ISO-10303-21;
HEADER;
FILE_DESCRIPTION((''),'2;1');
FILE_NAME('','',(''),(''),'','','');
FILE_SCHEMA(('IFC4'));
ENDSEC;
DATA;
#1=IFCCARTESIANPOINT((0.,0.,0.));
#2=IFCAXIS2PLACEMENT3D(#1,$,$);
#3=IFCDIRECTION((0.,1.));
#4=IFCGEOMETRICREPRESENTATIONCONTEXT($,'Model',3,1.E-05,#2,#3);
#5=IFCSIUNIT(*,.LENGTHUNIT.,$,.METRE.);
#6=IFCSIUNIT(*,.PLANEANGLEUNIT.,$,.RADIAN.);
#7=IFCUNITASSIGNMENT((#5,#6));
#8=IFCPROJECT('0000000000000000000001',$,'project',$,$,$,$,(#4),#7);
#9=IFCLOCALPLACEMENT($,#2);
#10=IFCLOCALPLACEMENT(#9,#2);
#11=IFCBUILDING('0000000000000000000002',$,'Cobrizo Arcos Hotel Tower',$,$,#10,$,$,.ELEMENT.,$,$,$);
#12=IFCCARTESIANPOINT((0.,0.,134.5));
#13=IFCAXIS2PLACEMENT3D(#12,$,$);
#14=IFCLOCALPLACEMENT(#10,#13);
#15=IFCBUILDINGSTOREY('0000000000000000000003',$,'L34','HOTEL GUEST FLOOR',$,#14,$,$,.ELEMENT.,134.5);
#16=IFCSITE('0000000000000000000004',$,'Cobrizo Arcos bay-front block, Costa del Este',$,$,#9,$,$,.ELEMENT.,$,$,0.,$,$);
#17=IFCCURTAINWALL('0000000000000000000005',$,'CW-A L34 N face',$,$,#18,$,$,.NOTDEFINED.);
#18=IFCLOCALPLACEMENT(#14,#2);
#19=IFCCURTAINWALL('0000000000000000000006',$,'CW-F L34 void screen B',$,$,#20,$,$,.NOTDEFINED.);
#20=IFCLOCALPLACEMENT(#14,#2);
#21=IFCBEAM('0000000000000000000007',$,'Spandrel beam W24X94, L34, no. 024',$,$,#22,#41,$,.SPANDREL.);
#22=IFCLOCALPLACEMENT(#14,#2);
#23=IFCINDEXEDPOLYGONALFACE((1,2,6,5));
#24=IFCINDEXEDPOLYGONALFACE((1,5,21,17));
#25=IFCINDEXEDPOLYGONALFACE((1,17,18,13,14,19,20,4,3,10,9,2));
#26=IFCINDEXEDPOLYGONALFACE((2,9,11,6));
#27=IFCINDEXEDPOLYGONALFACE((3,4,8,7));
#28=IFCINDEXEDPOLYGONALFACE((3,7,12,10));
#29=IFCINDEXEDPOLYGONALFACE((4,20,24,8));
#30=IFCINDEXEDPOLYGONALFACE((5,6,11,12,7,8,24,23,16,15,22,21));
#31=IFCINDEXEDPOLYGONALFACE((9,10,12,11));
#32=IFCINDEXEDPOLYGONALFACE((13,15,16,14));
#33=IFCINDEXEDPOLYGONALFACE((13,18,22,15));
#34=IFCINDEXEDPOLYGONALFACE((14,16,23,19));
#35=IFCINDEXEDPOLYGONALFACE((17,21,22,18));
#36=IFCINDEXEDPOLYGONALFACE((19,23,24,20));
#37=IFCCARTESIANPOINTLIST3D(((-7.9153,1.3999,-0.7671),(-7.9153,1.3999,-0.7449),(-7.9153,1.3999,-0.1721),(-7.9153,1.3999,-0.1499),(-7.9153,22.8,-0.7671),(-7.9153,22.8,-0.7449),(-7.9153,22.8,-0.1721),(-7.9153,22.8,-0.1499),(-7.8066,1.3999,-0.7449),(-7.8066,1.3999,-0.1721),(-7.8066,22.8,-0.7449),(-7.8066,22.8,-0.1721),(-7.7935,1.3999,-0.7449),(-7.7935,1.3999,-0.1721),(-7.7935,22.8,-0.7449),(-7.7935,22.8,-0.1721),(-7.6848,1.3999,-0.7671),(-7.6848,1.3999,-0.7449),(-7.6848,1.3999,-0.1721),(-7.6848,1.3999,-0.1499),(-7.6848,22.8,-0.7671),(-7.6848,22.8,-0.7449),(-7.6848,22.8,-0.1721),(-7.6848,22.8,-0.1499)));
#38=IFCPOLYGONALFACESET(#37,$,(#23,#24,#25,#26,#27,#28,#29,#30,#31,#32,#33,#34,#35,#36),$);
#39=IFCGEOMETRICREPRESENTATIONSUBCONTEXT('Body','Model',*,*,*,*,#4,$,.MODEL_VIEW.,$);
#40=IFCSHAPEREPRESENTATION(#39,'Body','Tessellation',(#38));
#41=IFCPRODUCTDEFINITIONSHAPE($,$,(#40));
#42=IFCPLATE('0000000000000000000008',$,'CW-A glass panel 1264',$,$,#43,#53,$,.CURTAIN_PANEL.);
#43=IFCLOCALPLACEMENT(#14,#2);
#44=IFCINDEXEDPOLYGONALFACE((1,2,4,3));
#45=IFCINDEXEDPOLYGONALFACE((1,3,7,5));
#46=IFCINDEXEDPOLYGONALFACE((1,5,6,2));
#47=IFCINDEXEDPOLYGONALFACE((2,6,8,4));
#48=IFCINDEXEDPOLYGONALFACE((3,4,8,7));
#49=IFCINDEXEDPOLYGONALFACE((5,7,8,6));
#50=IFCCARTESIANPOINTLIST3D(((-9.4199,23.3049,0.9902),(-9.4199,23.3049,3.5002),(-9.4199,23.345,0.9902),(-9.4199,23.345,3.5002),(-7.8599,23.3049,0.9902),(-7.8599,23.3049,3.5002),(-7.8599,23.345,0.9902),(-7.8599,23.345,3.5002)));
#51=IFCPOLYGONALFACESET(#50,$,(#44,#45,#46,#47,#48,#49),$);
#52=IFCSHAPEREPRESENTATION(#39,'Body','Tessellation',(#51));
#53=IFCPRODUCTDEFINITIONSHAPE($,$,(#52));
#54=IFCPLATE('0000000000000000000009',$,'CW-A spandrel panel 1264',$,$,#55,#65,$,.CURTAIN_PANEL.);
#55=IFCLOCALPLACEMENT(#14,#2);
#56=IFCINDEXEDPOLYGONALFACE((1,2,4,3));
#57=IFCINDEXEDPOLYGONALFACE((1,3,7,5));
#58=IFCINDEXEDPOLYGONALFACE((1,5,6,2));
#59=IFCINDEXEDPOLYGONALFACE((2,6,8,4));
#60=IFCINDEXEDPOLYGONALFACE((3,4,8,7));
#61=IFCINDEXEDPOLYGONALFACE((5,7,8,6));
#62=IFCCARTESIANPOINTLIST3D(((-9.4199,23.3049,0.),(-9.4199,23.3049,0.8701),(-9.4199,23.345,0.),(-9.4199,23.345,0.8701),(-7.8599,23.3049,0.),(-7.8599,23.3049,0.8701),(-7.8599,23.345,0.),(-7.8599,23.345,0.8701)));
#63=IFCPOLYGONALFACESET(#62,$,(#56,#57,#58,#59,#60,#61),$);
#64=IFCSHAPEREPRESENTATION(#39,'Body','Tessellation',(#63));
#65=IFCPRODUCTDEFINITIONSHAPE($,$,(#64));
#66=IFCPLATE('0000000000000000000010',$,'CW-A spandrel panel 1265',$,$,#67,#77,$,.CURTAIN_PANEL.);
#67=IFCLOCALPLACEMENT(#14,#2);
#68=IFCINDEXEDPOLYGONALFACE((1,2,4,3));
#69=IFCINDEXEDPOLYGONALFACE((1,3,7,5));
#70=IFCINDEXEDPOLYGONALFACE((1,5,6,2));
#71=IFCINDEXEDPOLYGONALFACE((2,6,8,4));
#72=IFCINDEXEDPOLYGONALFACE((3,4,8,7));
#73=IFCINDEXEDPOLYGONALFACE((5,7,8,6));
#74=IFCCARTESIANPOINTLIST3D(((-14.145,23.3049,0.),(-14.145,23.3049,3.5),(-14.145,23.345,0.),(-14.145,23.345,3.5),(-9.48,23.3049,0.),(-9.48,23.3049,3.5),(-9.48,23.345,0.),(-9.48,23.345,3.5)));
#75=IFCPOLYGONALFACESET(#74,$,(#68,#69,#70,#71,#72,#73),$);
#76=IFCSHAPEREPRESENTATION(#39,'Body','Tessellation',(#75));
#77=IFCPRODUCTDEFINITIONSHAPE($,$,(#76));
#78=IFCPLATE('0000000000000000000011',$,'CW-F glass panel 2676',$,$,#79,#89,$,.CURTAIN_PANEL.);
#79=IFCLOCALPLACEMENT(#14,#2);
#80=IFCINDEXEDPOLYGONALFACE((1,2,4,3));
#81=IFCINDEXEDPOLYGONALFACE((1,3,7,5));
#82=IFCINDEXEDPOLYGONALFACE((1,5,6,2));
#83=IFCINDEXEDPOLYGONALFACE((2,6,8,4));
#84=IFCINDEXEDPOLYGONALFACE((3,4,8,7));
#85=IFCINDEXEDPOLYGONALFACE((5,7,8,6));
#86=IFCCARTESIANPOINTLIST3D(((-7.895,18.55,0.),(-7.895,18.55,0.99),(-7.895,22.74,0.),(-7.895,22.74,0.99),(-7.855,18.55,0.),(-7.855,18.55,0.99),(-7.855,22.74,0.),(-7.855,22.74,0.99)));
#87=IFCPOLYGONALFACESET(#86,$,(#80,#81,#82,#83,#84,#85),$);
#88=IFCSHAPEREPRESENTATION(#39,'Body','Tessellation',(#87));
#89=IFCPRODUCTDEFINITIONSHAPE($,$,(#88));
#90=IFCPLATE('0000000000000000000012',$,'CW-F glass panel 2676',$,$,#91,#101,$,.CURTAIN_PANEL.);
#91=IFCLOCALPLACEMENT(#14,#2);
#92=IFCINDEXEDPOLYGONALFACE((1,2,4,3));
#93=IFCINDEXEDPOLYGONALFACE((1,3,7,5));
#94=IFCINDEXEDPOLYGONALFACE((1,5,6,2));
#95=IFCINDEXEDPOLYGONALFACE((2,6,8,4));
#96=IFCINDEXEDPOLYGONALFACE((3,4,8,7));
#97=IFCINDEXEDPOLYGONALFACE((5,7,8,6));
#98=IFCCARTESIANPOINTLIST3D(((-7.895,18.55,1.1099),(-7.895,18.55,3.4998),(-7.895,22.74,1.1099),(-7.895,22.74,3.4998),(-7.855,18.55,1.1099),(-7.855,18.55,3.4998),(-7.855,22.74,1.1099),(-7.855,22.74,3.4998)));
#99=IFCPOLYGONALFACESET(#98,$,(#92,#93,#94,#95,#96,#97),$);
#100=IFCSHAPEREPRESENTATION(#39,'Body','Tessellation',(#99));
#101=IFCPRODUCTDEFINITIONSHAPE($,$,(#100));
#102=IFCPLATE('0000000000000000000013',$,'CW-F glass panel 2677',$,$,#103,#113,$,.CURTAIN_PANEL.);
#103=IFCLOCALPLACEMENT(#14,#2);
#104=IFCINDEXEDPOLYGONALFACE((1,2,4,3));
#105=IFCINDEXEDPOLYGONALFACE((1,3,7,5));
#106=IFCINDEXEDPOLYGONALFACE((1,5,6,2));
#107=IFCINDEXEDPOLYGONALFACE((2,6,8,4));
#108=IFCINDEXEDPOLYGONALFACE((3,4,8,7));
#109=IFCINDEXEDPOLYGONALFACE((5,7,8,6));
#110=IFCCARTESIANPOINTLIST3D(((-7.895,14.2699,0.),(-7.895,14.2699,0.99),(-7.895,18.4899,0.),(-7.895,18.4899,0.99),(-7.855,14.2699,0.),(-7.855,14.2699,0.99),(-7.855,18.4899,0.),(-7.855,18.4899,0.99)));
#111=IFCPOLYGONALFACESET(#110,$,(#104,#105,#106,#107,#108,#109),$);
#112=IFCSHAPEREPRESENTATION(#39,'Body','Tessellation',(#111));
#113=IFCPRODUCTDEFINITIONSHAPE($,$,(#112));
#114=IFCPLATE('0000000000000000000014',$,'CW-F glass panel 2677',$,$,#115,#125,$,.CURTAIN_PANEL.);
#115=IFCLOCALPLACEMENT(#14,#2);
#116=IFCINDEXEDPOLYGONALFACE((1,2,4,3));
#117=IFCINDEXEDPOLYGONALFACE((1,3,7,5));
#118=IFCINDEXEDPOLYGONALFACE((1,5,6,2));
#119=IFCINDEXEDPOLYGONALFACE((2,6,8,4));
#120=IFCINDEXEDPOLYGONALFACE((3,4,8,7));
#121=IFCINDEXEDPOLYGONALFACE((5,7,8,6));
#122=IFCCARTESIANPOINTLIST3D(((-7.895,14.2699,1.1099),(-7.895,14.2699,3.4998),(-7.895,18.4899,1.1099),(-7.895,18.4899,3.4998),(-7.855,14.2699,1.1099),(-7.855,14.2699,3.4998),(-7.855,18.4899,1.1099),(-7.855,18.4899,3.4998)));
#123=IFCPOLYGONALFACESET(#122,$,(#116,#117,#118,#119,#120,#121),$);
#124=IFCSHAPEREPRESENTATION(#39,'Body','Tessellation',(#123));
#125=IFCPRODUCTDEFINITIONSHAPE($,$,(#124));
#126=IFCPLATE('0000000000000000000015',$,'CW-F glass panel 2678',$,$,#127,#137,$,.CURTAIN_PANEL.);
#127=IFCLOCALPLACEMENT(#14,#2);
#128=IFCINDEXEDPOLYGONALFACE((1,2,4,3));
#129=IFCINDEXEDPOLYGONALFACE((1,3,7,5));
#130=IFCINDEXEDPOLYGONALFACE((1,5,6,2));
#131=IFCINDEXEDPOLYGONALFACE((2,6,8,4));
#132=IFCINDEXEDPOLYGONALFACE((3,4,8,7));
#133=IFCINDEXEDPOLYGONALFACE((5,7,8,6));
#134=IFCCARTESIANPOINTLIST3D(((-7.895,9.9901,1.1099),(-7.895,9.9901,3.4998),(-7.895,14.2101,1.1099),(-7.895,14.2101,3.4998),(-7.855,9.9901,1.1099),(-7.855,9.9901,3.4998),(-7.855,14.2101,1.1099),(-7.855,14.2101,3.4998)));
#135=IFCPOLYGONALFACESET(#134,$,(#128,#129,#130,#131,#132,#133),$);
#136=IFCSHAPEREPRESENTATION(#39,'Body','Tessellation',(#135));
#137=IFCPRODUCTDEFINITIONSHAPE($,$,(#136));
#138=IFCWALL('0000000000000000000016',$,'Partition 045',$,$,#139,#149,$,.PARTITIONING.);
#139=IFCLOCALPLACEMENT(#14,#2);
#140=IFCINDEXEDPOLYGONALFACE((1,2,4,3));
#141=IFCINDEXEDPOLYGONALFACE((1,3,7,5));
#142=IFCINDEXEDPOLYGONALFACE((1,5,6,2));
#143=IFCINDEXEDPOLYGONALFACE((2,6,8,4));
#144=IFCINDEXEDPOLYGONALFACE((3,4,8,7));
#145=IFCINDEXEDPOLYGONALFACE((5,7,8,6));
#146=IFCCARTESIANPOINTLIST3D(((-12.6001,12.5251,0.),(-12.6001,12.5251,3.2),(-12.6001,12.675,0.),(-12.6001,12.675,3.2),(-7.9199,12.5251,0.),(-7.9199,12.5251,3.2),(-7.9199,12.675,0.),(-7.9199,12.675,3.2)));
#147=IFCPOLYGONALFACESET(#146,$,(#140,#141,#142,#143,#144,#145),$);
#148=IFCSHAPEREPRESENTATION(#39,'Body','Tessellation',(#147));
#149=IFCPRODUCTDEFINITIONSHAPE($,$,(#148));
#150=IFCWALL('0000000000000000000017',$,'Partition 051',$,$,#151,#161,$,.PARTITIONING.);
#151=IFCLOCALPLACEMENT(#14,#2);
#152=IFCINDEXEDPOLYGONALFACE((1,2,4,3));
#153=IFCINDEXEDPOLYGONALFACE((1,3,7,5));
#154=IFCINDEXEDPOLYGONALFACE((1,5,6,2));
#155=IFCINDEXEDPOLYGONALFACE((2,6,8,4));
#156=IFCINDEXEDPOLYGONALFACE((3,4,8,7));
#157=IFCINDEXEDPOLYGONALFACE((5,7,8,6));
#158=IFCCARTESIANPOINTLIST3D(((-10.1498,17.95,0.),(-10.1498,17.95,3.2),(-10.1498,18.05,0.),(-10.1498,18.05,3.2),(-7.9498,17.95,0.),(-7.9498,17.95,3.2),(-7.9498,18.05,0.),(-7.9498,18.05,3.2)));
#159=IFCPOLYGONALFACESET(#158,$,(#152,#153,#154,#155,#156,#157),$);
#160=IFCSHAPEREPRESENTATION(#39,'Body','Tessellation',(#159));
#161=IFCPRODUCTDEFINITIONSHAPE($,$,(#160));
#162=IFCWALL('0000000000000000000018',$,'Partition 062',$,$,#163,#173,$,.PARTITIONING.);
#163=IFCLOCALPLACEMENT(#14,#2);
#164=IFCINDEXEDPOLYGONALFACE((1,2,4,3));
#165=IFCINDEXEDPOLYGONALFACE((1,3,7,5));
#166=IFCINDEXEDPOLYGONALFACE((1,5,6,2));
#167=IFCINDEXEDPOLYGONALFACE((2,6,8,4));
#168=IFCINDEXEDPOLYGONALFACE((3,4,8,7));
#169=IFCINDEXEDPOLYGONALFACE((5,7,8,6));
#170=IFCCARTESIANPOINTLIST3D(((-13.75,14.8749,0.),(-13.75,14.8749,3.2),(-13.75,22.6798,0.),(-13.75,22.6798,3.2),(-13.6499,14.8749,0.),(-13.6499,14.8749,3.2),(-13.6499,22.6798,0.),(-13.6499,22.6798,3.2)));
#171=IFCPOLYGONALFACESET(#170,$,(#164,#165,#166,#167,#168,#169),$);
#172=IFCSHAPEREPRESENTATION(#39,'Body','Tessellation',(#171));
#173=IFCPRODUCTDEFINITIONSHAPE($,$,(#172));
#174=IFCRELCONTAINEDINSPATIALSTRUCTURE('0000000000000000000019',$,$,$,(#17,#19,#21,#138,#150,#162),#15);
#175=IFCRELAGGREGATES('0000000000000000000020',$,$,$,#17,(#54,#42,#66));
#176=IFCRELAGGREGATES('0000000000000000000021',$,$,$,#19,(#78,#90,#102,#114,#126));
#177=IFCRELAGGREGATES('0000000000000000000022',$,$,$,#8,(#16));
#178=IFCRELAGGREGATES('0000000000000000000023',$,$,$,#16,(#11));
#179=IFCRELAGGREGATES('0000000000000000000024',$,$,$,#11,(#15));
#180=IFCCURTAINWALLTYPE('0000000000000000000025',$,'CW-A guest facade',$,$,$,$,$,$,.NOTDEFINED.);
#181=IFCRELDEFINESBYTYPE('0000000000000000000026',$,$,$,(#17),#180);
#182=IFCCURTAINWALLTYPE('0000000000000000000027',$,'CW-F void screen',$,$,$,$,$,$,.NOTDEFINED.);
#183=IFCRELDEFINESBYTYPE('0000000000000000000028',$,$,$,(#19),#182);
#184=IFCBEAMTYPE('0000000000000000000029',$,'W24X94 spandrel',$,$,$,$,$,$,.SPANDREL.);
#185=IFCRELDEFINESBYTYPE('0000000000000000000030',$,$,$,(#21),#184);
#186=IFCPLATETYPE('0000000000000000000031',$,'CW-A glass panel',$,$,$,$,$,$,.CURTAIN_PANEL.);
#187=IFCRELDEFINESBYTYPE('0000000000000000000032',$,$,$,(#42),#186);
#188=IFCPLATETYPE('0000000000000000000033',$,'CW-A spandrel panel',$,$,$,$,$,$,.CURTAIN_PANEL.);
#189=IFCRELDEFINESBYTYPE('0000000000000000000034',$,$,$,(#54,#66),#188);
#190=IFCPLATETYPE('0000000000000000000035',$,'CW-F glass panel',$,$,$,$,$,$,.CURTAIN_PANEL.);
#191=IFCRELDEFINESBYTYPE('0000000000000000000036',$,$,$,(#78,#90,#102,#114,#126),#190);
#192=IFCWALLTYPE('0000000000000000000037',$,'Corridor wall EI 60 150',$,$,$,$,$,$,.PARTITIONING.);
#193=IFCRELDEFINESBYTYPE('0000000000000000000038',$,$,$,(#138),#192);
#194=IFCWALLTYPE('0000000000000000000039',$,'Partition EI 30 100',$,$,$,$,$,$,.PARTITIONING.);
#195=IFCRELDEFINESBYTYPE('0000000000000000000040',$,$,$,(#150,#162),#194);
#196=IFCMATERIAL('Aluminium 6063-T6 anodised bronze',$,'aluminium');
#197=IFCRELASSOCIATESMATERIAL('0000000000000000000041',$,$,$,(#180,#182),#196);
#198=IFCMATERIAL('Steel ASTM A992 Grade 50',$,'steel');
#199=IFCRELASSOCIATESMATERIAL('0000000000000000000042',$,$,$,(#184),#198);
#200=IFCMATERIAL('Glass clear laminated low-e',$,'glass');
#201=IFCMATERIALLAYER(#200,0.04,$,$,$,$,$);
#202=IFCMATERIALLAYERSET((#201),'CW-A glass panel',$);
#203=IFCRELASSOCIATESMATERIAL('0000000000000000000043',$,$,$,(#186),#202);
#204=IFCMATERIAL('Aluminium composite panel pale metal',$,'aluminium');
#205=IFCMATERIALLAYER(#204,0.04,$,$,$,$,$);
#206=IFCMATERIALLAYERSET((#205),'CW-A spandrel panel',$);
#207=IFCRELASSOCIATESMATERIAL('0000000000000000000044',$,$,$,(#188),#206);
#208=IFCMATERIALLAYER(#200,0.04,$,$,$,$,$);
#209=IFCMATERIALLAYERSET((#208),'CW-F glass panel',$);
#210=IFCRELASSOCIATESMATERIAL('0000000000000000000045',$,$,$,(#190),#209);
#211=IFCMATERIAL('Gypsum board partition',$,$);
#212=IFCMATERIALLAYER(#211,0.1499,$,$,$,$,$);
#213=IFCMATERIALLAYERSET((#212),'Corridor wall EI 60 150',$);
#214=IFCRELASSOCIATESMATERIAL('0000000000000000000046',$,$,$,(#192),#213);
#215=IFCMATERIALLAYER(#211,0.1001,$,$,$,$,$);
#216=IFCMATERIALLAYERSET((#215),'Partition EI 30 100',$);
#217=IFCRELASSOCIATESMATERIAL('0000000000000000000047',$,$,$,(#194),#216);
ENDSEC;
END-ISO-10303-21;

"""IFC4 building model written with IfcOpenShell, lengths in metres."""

from ifc_helpers import new_model, si_unit, direction, frame, frame_2d, origin, origin_2d, place, context, subcontext, project, spatial, rectangle, i_section, extrude, material, layer, layer_set, material_profile, profile_set, type_object, element, aggregate, save


model = new_model("IFC4")

# Units and contexts
model_context = context("Model", 3, precision=1e-05, world=origin(), true_north=direction((0.0, 1.0)))
body_context = subcontext(model_context, "Body", "Model", "MODEL_VIEW")
ifc_project = project(units=[si_unit("LENGTHUNIT", "METRE"), si_unit("PLANEANGLEUNIT", "RADIAN")], contexts=[model_context])

# Site, building, storey
site_placement = place(None, origin())
site = spatial("IfcSite", under=ifc_project, at=site_placement, Name="Cobrizo Arcos bay-front block, Costa del Este", CompositionType="ELEMENT", RefElevation=0.0)
building_placement = place(site_placement, origin())
building = spatial("IfcBuilding", under=site, at=building_placement, Name="Cobrizo Arcos Hotel Tower", CompositionType="ELEMENT")
storey_placement = place(building_placement, frame((0.0, 0.0, 134.5)))
storey = spatial("IfcBuildingStorey", under=building, at=storey_placement, Name="L34", Description="HOTEL GUEST FLOOR", CompositionType="ELEMENT", Elevation=134.5)

# Curtain walls
ifc_material_1 = material(Name="Aluminium 6063-T6 anodised bronze", Category="aluminium")
curtain_wall_type_1 = type_object("IfcCurtainWallType", Name="CW-A guest facade", PredefinedType="NOTDEFINED", material=ifc_material_1)
curtain_wall_1_placement = place(storey_placement, origin())
curtain_wall_1 = element("IfcCurtainWall", 1, at=curtain_wall_1_placement, inside=storey, type_object=curtain_wall_type_1, Name="CW-A L34 N face", PredefinedType="NOTDEFINED")
curtain_wall_type_2 = type_object("IfcCurtainWallType", Name="CW-F void screen", PredefinedType="NOTDEFINED", material=ifc_material_1)
curtain_wall_2_placement = place(storey_placement, origin())
curtain_wall_2 = element("IfcCurtainWall", 2, at=curtain_wall_2_placement, inside=storey, type_object=curtain_wall_type_2, Name="CW-F L34 void screen B", PredefinedType="NOTDEFINED")

# Beam
ifc_material_2 = material(Name="Steel ASTM A992 Grade 50", Category="steel")
ifc_material_profile_1 = material_profile(ifc_material_2, i_section(OverallWidth=0.2305, OverallDepth=0.6172, WebThickness=0.0132, FlangeThickness=0.0222, at=origin_2d()), Name="W24X94")
ifc_profile_set_1 = profile_set([ifc_material_profile_1], Name="Steel ASTM A992 Grade 50")
beam_type = type_object("IfcBeamType", Name="W24X94 spandrel", PredefinedType="SPANDREL", material=ifc_profile_set_1)
beam_1_placement = place(storey_placement, frame((-7.8, 22.8, -0.4585), z_axis=(0.0, -1.0, 0.0), x_axis=(1.0, 0.0, 0.0)))
element("IfcBeam", 3, at=beam_1_placement, inside=storey, type_object=beam_type, Name="Spandrel beam W24X94, L34, no. 024", PredefinedType="SPANDREL", context=body_context, shape_type="SweptSolid", body=[
    extrude(i_section(OverallWidth=0.2305, OverallDepth=0.6172, WebThickness=0.0132, FlangeThickness=0.0222, at=origin_2d()), origin(), (0.0, 0.0, 1.0), 21.4001),
])

# Plates
ifc_material_3 = material(Name="Glass clear laminated low-e", Category="glass")
ifc_layer_1 = layer(ifc_material_3, 0.04)
ifc_layer_set_1 = layer_set([ifc_layer_1], Name="CW-A glass panel")
plate_type_1 = type_object("IfcPlateType", Name="CW-A glass panel", PredefinedType="CURTAIN_PANEL", material=ifc_layer_set_1)
plate_1_placement = place(storey_placement, frame((-8.6399, 23.325, 0.9902), z_axis=(0.0, 0.0, 1.0), x_axis=(-1.0, 0.0, 0.0)))
plate_1 = element("IfcPlate", 4, at=plate_1_placement, type_object=plate_type_1, Name="CW-A glass panel 1264", PredefinedType="CURTAIN_PANEL", context=body_context, shape_type="SweptSolid", body=[
    extrude(rectangle(XDim=1.5601, YDim=0.04, at=origin_2d()), origin(), (0.0, 0.0, 1.0), 2.51),
])
ifc_material_4 = material(Name="Aluminium composite panel pale metal", Category="aluminium")
ifc_layer_2 = layer(ifc_material_4, 0.04)
ifc_layer_set_2 = layer_set([ifc_layer_2], Name="CW-A spandrel panel")
plate_type_2 = type_object("IfcPlateType", Name="CW-A spandrel panel", PredefinedType="CURTAIN_PANEL", material=ifc_layer_set_2)
plate_2_placement = place(storey_placement, frame((-8.6399, 23.325, 0.0), z_axis=(0.0, 0.0, 1.0), x_axis=(-1.0, 0.0, 0.0)))
plate_2 = element("IfcPlate", 5, at=plate_2_placement, type_object=plate_type_2, Name="CW-A spandrel panel 1264", PredefinedType="CURTAIN_PANEL", context=body_context, shape_type="SweptSolid", body=[
    extrude(rectangle(XDim=1.5601, YDim=0.04, at=origin_2d()), origin(), (0.0, 0.0, 1.0), 0.8701),
])
plate_3_placement = place(storey_placement, frame((-11.8125, 23.325, 0.0), z_axis=(0.0, 0.0, 1.0), x_axis=(-1.0, 0.0, 0.0)))
plate_3 = element("IfcPlate", 6, at=plate_3_placement, type_object=plate_type_2, Name="CW-A spandrel panel 1265", PredefinedType="CURTAIN_PANEL", context=body_context, shape_type="SweptSolid", body=[
    extrude(rectangle(XDim=4.665, YDim=0.04, at=origin_2d()), origin(), (0.0, 0.0, 1.0), 3.5),
])
aggregate(curtain_wall_1, [plate_2, plate_1, plate_3])
ifc_layer_3 = layer(ifc_material_3, 0.04)
ifc_layer_set_3 = layer_set([ifc_layer_3], Name="CW-F glass panel")
plate_type_3 = type_object("IfcPlateType", Name="CW-F glass panel", PredefinedType="CURTAIN_PANEL", material=ifc_layer_set_3)
plate_4_placement = place(storey_placement, frame((-7.875, 20.645, 0.0), z_axis=(0.0, 0.0, 1.0), x_axis=(0.0, -1.0, 0.0)))
plate_4 = element("IfcPlate", 7, at=plate_4_placement, type_object=plate_type_3, Name="CW-F glass panel 2676", PredefinedType="CURTAIN_PANEL", context=body_context, shape_type="SweptSolid", body=[
    extrude(rectangle(XDim=4.1899, YDim=0.04, at=origin_2d()), origin(), (0.0, 0.0, 1.0), 0.99),
])
plate_5_placement = place(storey_placement, frame((-7.875, 20.645, 1.1099), z_axis=(0.0, 0.0, 1.0), x_axis=(0.0, -1.0, 0.0)))
plate_5 = element("IfcPlate", 8, at=plate_5_placement, type_object=plate_type_3, Name="CW-F glass panel 2676", PredefinedType="CURTAIN_PANEL", context=body_context, shape_type="SweptSolid", body=[
    extrude(rectangle(XDim=4.1899, YDim=0.04, at=origin_2d()), origin(), (0.0, 0.0, 1.0), 2.3899),
])
plate_6_placement = place(storey_placement, frame((-7.875, 16.3799, 0.0), z_axis=(0.0, 0.0, 1.0), x_axis=(0.0, -1.0, 0.0)))
plate_6 = element("IfcPlate", 9, at=plate_6_placement, type_object=plate_type_3, Name="CW-F glass panel 2677", PredefinedType="CURTAIN_PANEL", context=body_context, shape_type="SweptSolid", body=[
    extrude(rectangle(XDim=4.22, YDim=0.04, at=origin_2d()), origin(), (0.0, 0.0, 1.0), 0.99),
])
plate_7_placement = place(storey_placement, frame((-7.875, 16.3799, 1.1099), z_axis=(0.0, 0.0, 1.0), x_axis=(0.0, -1.0, 0.0)))
plate_7 = element("IfcPlate", 10, at=plate_7_placement, type_object=plate_type_3, Name="CW-F glass panel 2677", PredefinedType="CURTAIN_PANEL", context=body_context, shape_type="SweptSolid", body=[
    extrude(rectangle(XDim=4.22, YDim=0.04, at=origin_2d()), origin(), (0.0, 0.0, 1.0), 2.3899),
])
plate_8_placement = place(storey_placement, frame((-7.875, 12.1001, 1.1099), z_axis=(0.0, 0.0, 1.0), x_axis=(0.0, -1.0, 0.0)))
plate_8 = element("IfcPlate", 11, at=plate_8_placement, type_object=plate_type_3, Name="CW-F glass panel 2678", PredefinedType="CURTAIN_PANEL", context=body_context, shape_type="SweptSolid", body=[
    extrude(rectangle(XDim=4.22, YDim=0.04, at=origin_2d()), origin(), (0.0, 0.0, 1.0), 2.3899),
])
aggregate(curtain_wall_2, [plate_4, plate_5, plate_6, plate_7, plate_8])

# Walls
ifc_material_5 = material(Name="Gypsum board partition")
ifc_layer_4 = layer(ifc_material_5, 0.1499)
ifc_layer_set_4 = layer_set([ifc_layer_4], Name="Corridor wall EI 60 150")
wall_type_1 = type_object("IfcWallType", Name="Corridor wall EI 60 150", PredefinedType="PARTITIONING", material=ifc_layer_set_4)
wall_1_placement = place(storey_placement, frame((-12.6001, 12.6001, 0.0), z_axis=(0.0, 0.0, 1.0), x_axis=(1.0, 0.0, 0.0)))
element("IfcWall", 12, at=wall_1_placement, inside=storey, type_object=wall_type_1, Name="Partition 045", PredefinedType="PARTITIONING", context=body_context, shape_type="SweptSolid", body=[
    extrude(rectangle(XDim=4.6802, YDim=0.1499, at=frame_2d((2.3401, 0.0))), origin(), (0.0, 0.0, 1.0), 3.2),
])
ifc_layer_5 = layer(ifc_material_5, 0.1001)
ifc_layer_set_5 = layer_set([ifc_layer_5], Name="Partition EI 30 100")
wall_type_2 = type_object("IfcWallType", Name="Partition EI 30 100", PredefinedType="PARTITIONING", material=ifc_layer_set_5)
wall_2_placement = place(storey_placement, frame((-10.1499, 18.0, 0.0), z_axis=(0.0, 0.0, 1.0), x_axis=(1.0, 0.0, 0.0)))
element("IfcWall", 13, at=wall_2_placement, inside=storey, type_object=wall_type_2, Name="Partition 051", PredefinedType="PARTITIONING", context=body_context, shape_type="SweptSolid", body=[
    extrude(rectangle(XDim=2.2, YDim=0.1001, at=frame_2d((1.1001, 0.0))), origin(), (0.0, 0.0, 1.0), 3.2),
])
wall_3_placement = place(storey_placement, frame((-13.7, 14.875, 0.0), z_axis=(0.0, 0.0, 1.0), x_axis=(0.0, 1.0, 0.0)))
element("IfcWall", 14, at=wall_3_placement, inside=storey, type_object=wall_type_2, Name="Partition 062", PredefinedType="PARTITIONING", context=body_context, shape_type="SweptSolid", body=[
    extrude(rectangle(XDim=7.8049, YDim=0.1001, at=frame_2d((3.9023, 0.0))), origin(), (0.0, 0.0, 1.0), 3.2),
])

save(model, "model.ifc")
